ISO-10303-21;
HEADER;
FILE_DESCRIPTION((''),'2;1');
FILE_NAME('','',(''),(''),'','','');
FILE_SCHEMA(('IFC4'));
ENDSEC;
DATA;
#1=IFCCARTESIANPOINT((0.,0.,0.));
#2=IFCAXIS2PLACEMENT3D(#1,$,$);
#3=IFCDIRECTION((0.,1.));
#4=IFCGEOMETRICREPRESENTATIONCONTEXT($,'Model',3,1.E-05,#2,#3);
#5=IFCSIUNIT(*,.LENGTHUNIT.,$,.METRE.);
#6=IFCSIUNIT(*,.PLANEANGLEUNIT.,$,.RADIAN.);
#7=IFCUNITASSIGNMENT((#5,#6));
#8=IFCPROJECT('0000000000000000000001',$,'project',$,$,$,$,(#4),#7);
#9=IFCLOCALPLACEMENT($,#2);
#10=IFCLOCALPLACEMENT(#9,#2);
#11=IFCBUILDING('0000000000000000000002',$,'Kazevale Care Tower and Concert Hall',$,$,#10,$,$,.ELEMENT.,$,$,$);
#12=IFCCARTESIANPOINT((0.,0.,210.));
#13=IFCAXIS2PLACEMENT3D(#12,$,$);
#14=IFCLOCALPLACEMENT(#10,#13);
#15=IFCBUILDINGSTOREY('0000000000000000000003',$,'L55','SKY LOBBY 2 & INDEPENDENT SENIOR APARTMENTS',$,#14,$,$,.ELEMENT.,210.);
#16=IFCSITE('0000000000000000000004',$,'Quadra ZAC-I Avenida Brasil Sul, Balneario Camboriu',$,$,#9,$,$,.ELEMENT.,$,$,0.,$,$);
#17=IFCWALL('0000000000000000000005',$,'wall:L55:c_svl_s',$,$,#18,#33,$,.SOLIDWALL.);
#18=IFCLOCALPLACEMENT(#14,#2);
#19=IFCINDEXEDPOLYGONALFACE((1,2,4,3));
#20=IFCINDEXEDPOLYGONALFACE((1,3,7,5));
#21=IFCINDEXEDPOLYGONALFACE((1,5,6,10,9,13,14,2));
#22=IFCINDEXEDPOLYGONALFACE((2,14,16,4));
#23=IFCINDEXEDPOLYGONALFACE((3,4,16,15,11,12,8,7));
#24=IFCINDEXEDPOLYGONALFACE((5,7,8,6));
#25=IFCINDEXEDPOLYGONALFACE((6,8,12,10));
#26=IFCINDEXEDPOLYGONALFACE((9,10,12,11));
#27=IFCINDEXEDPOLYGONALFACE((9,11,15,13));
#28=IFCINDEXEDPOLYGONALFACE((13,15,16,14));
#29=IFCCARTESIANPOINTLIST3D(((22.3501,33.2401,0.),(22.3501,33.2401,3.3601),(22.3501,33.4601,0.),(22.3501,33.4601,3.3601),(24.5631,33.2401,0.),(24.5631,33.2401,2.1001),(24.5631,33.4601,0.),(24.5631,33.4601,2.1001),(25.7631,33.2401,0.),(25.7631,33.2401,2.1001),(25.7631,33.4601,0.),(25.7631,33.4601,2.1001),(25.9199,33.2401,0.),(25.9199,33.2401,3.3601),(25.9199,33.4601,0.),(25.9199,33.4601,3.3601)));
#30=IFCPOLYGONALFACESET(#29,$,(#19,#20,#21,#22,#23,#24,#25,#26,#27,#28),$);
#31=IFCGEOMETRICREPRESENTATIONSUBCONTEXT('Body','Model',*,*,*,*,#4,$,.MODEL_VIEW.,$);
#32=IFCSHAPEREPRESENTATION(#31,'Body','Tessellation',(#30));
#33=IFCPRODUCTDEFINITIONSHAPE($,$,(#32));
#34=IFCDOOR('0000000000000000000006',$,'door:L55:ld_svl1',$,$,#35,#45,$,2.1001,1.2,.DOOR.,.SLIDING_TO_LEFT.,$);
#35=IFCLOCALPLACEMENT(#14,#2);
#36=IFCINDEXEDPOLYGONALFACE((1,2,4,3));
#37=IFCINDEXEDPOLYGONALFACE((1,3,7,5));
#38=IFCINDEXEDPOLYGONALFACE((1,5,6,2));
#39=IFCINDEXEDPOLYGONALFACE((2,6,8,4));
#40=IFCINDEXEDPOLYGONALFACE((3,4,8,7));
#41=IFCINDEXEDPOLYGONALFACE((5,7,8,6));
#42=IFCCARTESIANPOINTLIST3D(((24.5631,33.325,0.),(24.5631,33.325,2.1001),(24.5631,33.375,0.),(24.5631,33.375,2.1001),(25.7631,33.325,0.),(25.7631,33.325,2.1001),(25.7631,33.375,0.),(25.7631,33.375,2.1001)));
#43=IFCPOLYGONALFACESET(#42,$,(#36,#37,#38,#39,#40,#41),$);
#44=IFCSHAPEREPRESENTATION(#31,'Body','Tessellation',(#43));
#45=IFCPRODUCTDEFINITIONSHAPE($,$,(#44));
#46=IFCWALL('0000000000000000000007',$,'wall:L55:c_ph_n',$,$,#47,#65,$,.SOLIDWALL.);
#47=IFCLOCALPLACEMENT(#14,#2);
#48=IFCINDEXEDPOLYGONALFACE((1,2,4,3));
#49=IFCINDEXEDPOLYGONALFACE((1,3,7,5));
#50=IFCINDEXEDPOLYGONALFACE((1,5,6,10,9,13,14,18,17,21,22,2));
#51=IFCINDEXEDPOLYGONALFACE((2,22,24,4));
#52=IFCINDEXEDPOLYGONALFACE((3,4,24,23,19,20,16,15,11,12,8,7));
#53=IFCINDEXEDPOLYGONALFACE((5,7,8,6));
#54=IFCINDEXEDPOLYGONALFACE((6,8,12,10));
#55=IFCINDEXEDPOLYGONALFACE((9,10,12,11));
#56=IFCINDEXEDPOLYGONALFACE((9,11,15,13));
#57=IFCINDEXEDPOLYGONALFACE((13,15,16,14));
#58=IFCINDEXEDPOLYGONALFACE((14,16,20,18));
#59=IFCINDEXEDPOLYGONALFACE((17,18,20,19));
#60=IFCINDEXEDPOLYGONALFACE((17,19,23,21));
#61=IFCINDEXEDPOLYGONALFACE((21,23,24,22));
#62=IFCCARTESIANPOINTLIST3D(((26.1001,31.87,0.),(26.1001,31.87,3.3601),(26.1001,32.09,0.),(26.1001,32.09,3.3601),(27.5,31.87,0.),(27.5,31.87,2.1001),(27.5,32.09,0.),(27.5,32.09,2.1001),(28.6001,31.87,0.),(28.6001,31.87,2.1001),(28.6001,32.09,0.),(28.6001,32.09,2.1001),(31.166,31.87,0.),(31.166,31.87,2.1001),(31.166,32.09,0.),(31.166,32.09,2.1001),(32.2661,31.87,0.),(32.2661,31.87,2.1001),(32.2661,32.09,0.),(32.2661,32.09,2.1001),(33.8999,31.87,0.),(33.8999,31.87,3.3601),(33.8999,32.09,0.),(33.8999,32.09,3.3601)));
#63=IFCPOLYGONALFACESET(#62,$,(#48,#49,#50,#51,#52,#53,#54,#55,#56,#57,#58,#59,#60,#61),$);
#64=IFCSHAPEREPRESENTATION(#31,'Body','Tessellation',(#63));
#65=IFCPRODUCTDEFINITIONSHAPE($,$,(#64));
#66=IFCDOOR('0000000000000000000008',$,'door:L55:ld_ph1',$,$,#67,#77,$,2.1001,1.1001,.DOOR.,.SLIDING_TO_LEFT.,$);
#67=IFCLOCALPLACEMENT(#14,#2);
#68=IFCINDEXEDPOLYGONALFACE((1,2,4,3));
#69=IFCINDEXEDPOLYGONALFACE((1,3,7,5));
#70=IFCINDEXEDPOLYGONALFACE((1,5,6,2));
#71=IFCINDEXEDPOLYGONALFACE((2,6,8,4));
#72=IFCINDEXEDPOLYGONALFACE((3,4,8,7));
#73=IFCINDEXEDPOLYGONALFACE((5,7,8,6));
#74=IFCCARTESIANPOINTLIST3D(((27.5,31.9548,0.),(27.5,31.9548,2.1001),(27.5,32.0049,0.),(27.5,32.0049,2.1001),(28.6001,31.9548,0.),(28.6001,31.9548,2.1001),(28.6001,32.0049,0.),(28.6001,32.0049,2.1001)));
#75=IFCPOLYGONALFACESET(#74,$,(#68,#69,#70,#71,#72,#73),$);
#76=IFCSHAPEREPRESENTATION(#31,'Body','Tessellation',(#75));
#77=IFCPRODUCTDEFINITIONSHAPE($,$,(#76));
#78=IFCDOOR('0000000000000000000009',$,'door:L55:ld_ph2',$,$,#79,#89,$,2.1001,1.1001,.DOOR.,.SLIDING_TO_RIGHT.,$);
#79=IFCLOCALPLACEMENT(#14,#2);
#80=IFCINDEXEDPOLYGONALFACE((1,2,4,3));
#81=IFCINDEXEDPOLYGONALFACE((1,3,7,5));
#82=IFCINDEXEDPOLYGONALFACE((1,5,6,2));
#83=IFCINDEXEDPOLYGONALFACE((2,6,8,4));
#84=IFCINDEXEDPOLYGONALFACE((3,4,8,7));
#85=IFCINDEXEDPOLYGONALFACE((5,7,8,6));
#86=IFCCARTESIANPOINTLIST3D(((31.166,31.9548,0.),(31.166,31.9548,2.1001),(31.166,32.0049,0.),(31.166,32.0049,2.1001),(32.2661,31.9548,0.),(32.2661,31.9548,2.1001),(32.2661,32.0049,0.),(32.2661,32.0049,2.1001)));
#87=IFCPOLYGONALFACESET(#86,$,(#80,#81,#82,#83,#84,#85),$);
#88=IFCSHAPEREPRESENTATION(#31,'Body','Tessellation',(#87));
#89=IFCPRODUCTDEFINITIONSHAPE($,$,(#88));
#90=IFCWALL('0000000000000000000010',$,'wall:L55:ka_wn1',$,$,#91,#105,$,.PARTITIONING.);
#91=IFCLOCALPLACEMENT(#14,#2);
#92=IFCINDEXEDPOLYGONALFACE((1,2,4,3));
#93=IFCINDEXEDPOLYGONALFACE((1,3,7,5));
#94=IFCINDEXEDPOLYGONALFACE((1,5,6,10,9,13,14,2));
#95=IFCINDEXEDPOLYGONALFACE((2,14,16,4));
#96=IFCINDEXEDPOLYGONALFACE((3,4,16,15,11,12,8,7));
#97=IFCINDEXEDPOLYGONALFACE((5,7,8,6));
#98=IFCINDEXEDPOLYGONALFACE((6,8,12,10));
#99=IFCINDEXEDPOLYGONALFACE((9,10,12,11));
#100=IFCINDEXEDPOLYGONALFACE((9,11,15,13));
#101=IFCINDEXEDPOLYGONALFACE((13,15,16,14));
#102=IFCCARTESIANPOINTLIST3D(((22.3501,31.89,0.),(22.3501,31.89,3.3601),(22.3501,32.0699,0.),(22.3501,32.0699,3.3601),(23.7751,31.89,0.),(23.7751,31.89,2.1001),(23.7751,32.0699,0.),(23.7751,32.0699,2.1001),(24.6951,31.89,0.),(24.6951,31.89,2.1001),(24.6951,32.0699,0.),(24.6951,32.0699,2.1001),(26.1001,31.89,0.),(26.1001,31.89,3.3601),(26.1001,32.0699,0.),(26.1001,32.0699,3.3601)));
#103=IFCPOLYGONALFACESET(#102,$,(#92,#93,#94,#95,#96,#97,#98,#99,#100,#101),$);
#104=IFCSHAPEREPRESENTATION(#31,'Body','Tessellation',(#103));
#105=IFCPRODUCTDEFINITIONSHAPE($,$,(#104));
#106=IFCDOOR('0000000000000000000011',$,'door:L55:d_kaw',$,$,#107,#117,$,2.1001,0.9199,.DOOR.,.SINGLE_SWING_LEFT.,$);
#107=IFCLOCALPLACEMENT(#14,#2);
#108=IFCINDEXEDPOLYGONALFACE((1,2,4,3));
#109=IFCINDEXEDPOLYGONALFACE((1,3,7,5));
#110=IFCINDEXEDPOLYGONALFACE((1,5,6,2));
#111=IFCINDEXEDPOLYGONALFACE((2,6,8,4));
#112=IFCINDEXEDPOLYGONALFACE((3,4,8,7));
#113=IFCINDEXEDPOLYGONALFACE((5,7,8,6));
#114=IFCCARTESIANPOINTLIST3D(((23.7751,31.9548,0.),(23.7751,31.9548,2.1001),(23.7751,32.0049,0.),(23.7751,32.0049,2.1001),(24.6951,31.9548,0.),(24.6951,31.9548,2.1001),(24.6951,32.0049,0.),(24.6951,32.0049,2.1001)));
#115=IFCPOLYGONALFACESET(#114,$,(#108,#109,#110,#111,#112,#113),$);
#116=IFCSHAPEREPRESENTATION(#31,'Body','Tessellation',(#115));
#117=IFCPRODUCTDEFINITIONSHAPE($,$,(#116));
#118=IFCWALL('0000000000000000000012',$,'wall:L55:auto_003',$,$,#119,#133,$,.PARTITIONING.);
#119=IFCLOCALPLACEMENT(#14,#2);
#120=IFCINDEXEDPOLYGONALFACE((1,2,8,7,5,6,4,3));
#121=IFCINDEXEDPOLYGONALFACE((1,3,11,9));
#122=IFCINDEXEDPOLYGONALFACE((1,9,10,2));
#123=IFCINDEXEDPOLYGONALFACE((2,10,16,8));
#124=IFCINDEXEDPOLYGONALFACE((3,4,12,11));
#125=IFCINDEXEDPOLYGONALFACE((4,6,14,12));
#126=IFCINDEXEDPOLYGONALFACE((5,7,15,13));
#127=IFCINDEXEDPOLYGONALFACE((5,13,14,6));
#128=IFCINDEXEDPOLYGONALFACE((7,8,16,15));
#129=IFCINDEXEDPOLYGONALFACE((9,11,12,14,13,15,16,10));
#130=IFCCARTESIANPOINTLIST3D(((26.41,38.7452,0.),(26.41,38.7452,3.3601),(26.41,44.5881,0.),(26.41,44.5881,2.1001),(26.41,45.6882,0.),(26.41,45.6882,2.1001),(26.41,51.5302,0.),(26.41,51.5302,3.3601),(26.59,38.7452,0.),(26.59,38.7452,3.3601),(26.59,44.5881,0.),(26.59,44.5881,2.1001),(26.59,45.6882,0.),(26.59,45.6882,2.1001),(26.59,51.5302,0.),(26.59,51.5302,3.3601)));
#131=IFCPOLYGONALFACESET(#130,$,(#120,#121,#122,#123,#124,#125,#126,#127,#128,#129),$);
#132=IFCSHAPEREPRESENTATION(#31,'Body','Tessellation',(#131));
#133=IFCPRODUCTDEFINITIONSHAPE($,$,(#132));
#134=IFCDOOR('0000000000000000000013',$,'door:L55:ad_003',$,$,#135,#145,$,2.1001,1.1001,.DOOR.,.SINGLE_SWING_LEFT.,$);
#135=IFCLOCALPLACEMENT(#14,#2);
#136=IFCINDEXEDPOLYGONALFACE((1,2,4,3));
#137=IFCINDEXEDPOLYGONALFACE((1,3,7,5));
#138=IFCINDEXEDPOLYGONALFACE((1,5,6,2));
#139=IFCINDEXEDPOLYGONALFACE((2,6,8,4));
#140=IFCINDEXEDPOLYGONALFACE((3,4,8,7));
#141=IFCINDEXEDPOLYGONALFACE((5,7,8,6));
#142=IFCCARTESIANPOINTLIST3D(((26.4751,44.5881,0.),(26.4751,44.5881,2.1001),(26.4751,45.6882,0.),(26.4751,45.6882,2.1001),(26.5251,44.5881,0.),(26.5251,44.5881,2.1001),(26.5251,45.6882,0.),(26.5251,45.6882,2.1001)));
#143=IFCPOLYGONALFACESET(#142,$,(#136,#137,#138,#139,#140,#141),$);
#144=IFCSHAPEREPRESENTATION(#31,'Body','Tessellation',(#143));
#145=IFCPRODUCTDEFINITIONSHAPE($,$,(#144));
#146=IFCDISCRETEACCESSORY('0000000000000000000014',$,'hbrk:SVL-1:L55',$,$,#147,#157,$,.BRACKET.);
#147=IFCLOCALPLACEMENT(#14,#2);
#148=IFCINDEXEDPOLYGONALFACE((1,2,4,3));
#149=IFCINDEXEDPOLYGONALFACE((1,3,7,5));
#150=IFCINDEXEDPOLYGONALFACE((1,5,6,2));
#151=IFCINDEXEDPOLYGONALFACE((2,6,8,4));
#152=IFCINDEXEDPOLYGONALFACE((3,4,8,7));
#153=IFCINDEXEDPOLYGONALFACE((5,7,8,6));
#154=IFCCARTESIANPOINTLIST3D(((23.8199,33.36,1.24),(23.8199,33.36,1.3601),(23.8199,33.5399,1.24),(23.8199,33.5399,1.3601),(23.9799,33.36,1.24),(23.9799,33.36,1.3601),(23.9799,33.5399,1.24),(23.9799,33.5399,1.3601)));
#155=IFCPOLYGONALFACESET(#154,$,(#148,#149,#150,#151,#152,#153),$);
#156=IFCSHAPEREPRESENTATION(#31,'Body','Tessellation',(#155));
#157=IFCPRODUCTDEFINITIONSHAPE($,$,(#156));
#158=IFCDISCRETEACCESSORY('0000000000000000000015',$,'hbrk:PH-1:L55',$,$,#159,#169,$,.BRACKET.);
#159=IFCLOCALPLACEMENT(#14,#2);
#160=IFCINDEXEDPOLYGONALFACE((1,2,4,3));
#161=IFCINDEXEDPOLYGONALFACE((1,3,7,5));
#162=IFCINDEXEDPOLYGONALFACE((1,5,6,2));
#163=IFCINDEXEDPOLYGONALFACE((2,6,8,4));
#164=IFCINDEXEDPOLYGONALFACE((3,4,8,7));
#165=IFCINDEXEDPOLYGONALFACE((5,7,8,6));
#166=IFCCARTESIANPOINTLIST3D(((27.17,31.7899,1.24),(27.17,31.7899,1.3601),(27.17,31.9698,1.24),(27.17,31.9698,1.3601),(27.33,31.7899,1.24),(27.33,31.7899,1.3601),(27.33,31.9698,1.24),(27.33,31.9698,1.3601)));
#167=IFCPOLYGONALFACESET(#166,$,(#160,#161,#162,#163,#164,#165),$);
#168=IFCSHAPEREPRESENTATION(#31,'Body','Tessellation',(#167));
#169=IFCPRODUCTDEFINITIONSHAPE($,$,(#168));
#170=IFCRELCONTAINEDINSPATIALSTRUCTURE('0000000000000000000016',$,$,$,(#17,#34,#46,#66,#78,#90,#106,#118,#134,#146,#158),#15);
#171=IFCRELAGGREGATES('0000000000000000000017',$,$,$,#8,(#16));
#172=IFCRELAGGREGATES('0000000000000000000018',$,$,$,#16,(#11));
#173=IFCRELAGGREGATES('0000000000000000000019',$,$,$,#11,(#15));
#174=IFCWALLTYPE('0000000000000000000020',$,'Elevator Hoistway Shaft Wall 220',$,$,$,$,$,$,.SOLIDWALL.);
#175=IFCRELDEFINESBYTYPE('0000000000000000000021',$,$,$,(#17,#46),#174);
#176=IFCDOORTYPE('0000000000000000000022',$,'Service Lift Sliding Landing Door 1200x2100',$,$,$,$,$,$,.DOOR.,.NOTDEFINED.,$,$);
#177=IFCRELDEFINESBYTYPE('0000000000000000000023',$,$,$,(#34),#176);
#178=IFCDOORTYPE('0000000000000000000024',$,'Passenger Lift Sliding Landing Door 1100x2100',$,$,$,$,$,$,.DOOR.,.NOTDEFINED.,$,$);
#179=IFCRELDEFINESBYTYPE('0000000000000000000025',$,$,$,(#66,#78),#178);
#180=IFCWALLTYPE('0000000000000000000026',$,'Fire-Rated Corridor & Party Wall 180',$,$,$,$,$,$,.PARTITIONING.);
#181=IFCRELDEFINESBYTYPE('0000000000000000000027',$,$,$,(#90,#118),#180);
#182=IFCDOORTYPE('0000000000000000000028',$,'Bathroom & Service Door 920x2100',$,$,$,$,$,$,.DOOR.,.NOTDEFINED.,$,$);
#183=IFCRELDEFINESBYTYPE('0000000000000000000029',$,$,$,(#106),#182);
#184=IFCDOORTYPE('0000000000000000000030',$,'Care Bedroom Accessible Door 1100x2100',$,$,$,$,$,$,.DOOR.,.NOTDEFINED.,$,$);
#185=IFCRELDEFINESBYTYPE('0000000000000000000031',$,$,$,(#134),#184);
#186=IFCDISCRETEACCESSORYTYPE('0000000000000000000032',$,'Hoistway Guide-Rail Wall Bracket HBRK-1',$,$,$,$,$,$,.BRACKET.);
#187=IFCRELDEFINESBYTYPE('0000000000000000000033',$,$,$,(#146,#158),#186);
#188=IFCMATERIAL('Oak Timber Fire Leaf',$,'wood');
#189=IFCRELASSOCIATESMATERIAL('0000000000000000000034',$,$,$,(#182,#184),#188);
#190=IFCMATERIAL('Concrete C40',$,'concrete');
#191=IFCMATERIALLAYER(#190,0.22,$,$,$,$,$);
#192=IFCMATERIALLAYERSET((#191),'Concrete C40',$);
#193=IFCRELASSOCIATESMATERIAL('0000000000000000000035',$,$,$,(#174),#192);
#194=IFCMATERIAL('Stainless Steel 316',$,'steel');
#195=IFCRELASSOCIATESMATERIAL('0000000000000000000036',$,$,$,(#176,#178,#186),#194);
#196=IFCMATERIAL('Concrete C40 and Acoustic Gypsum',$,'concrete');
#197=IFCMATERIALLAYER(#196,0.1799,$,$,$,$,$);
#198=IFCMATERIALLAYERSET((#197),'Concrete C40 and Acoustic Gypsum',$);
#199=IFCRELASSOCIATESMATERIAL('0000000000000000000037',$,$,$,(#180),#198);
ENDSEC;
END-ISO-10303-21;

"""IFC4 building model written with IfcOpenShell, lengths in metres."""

from ifc_helpers import new_model, si_unit, direction, frame, frame_2d, origin, origin_2d, place, context, subcontext, project, spatial, rectangle, extrude, material, layer, layer_set, type_object, element, fill, save


model = new_model("IFC4")

# Units and contexts
model_context = context("Model", 3, precision=1e-05, world=origin(), true_north=direction((0.0, 1.0)))
body_context = subcontext(model_context, "Body", "Model", "MODEL_VIEW")
ifc_project = project(units=[si_unit("LENGTHUNIT", "METRE"), si_unit("PLANEANGLEUNIT", "RADIAN")], contexts=[model_context])

# Site, building, storey
site_placement = place(None, origin())
site = spatial("IfcSite", under=ifc_project, at=site_placement, Name="Quadra ZAC-I Avenida Brasil Sul, Balneario Camboriu", CompositionType="ELEMENT", RefElevation=0.0)
building_placement = place(site_placement, origin())
building = spatial("IfcBuilding", under=site, at=building_placement, Name="Kazevale Care Tower and Concert Hall", CompositionType="ELEMENT")
storey_placement = place(building_placement, frame((0.0, 0.0, 210.0)))
storey = spatial("IfcBuildingStorey", under=building, at=storey_placement, Name="L55", Description="SKY LOBBY 2 & INDEPENDENT SENIOR APARTMENTS", CompositionType="ELEMENT", Elevation=210.0)

# Shared definitions
ifc_material_1 = material(Name="Oak Timber Fire Leaf", Category="wood")
door_type_1 = type_object("IfcDoorType", Name="Bathroom & Service Door 920x2100", OperationType="NOTDEFINED", PredefinedType="DOOR", material=ifc_material_1)

# Shared definitions
ifc_material_2 = material(Name="Concrete C40", Category="concrete")
ifc_layer_1 = layer(ifc_material_2, 0.22)
ifc_layer_set_1 = layer_set([ifc_layer_1], Name="Concrete C40")
wall_type_1 = type_object("IfcWallType", Name="Elevator Hoistway Shaft Wall 220", PredefinedType="SOLIDWALL", material=ifc_layer_set_1)

# Wall, opening, door
wall_1_placement = place(storey_placement, frame((22.3501, 33.3501, 0.0), z_axis=(0.0, 0.0, 1.0), x_axis=(1.0, 0.0, 0.0)))
wall_1 = element("IfcWall", 1, at=wall_1_placement, inside=storey, type_object=wall_type_1, Name="wall:L55:c_svl_s", PredefinedType="SOLIDWALL", context=body_context, shape_type="SweptSolid", body=[
    extrude(rectangle(XDim=3.5698, YDim=0.22, at=frame_2d((1.7849, 0.0))), origin(), (0.0, 0.0, 1.0), 3.3601),
])
opening_1_placement = place(wall_1_placement, frame((2.2129, 0.0, 0.0)))
opening_1 = element("IfcOpeningElement", 2, at=opening_1_placement, cuts=wall_1, PredefinedType="OPENING", context=body_context, shape_type="SweptSolid", body=[
    extrude(rectangle(XDim=1.2, YDim=2.1001, at=frame_2d((0.6001, 1.05))), frame((0.0, 0.1199, 0.0), z_axis=(0.0, -1.0, 0.0), x_axis=(1.0, 0.0, 0.0)), (0.0, 0.0, 1.0), 0.24),
])
ifc_material_3 = material(Name="Stainless Steel 316", Category="steel")
door_type_2 = type_object("IfcDoorType", Name="Service Lift Sliding Landing Door 1200x2100", OperationType="NOTDEFINED", PredefinedType="DOOR", material=ifc_material_3)
door_1_placement = place(opening_1_placement, origin())
door_1 = element("IfcDoor", 3, at=door_1_placement, inside=storey, type_object=door_type_2, Name="door:L55:ld_svl1", OperationType="SLIDING_TO_LEFT", OverallHeight=2.1001, OverallWidth=1.2, PredefinedType="DOOR", context=body_context, shape_type="SweptSolid", body=[
    extrude(rectangle(XDim=1.2, YDim=2.1001, at=frame_2d((0.6001, 1.05))), frame((0.0, 0.0249, 0.0), z_axis=(0.0, -1.0, 0.0), x_axis=(1.0, 0.0, 0.0)), (0.0, 0.0, 1.0), 0.05),
])
fill(opening_1, door_1)

# Wall, openings, doors
wall_2_placement = place(storey_placement, frame((26.1001, 31.98, 0.0), z_axis=(0.0, 0.0, 1.0), x_axis=(1.0, 0.0, 0.0)))
wall_2 = element("IfcWall", 4, at=wall_2_placement, inside=storey, type_object=wall_type_1, Name="wall:L55:c_ph_n", PredefinedType="SOLIDWALL", context=body_context, shape_type="SweptSolid", body=[
    extrude(rectangle(XDim=7.7998, YDim=0.22, at=frame_2d((3.8999, 0.0))), origin(), (0.0, 0.0, 1.0), 3.3601),
])
opening_2_placement = place(wall_2_placement, frame((1.3999, 0.0, 0.0)))
opening_2 = element("IfcOpeningElement", 5, at=opening_2_placement, cuts=wall_2, PredefinedType="OPENING", context=body_context, shape_type="SweptSolid", body=[
    extrude(rectangle(XDim=1.1001, YDim=2.1001, at=frame_2d((0.55, 1.05))), frame((0.0, 0.1199, 0.0), z_axis=(0.0, -1.0, 0.0), x_axis=(1.0, 0.0, 0.0)), (0.0, 0.0, 1.0), 0.24),
])
opening_3_placement = place(wall_2_placement, frame((5.0659, 0.0, 0.0)))
opening_3 = element("IfcOpeningElement", 6, at=opening_3_placement, cuts=wall_2, PredefinedType="OPENING", context=body_context, shape_type="SweptSolid", body=[
    extrude(rectangle(XDim=1.1001, YDim=2.1001, at=frame_2d((0.55, 1.05))), frame((0.0, 0.1199, 0.0), z_axis=(0.0, -1.0, 0.0), x_axis=(1.0, 0.0, 0.0)), (0.0, 0.0, 1.0), 0.24),
])
door_type_3 = type_object("IfcDoorType", Name="Passenger Lift Sliding Landing Door 1100x2100", OperationType="NOTDEFINED", PredefinedType="DOOR", material=ifc_material_3)
door_2_placement = place(opening_2_placement, origin())
door_2 = element("IfcDoor", 7, at=door_2_placement, inside=storey, type_object=door_type_3, Name="door:L55:ld_ph1", OperationType="SLIDING_TO_LEFT", OverallHeight=2.1001, OverallWidth=1.1001, PredefinedType="DOOR", context=body_context, shape_type="SweptSolid", body=[
    extrude(rectangle(XDim=1.1001, YDim=2.1001, at=frame_2d((0.55, 1.05))), frame((0.0, 0.0249, 0.0), z_axis=(0.0, -1.0, 0.0), x_axis=(1.0, 0.0, 0.0)), (0.0, 0.0, 1.0), 0.05),
])
fill(opening_2, door_2)
door_3_placement = place(opening_3_placement, origin())
door_3 = element("IfcDoor", 8, at=door_3_placement, inside=storey, type_object=door_type_3, Name="door:L55:ld_ph2", OperationType="SLIDING_TO_RIGHT", OverallHeight=2.1001, OverallWidth=1.1001, PredefinedType="DOOR", context=body_context, shape_type="SweptSolid", body=[
    extrude(rectangle(XDim=1.1001, YDim=2.1001, at=frame_2d((0.55, 1.05))), frame((0.0, 0.0249, 0.0), z_axis=(0.0, -1.0, 0.0), x_axis=(1.0, 0.0, 0.0)), (0.0, 0.0, 1.0), 0.05),
])
fill(opening_3, door_3)

# Walls, openings, doors
ifc_material_4 = material(Name="Concrete C40 and Acoustic Gypsum", Category="concrete")
ifc_layer_2 = layer(ifc_material_4, 0.1799)
ifc_layer_set_2 = layer_set([ifc_layer_2], Name="Concrete C40 and Acoustic Gypsum")
wall_type_2 = type_object("IfcWallType", Name="Fire-Rated Corridor & Party Wall 180", PredefinedType="PARTITIONING", material=ifc_layer_set_2)
wall_3_placement = place(storey_placement, frame((22.3501, 31.98, 0.0), z_axis=(0.0, 0.0, 1.0), x_axis=(1.0, 0.0, 0.0)))
wall_3 = element("IfcWall", 9, at=wall_3_placement, inside=storey, type_object=wall_type_2, Name="wall:L55:ka_wn1", PredefinedType="PARTITIONING", context=body_context, shape_type="SweptSolid", body=[
    extrude(rectangle(XDim=3.75, YDim=0.1799, at=frame_2d((1.875, 0.0))), origin(), (0.0, 0.0, 1.0), 3.3601),
])
opening_4_placement = place(wall_3_placement, frame((1.425, 0.0, 0.0)))
opening_4 = element("IfcOpeningElement", 10, at=opening_4_placement, cuts=wall_3, PredefinedType="OPENING", context=body_context, shape_type="SweptSolid", body=[
    extrude(rectangle(XDim=0.9199, YDim=2.1001, at=frame_2d((0.46, 1.05))), frame((0.0, 0.0999, 0.0), z_axis=(0.0, -1.0, 0.0), x_axis=(1.0, 0.0, 0.0)), (0.0, 0.0, 1.0), 0.2),
])
door_4_placement = place(opening_4_placement, origin())
door_4 = element("IfcDoor", 11, at=door_4_placement, inside=storey, type_object=door_type_1, Name="door:L55:d_kaw", OperationType="SINGLE_SWING_LEFT", OverallHeight=2.1001, OverallWidth=0.9199, PredefinedType="DOOR", context=body_context, shape_type="SweptSolid", body=[
    extrude(rectangle(XDim=0.9199, YDim=2.1001, at=frame_2d((0.46, 1.05))), frame((0.0, 0.0249, 0.0), z_axis=(0.0, -1.0, 0.0), x_axis=(1.0, 0.0, 0.0)), (0.0, 0.0, 1.0), 0.05),
])
fill(opening_4, door_4)
wall_4_placement = place(storey_placement, frame((26.5, 38.7451, 0.0), z_axis=(0.0, 0.0, 1.0), x_axis=(0.0, 1.0, 0.0)))
wall_4 = element("IfcWall", 12, at=wall_4_placement, inside=storey, type_object=wall_type_2, Name="wall:L55:auto_003", PredefinedType="PARTITIONING", context=body_context, shape_type="SweptSolid", body=[
    extrude(rectangle(XDim=12.7849, YDim=0.1799, at=frame_2d((6.3926, 0.0))), origin(), (0.0, 0.0, 1.0), 3.3601),
])
opening_5_placement = place(wall_4_placement, frame((5.843, 0.0, 0.0)))
opening_5 = element("IfcOpeningElement", 13, at=opening_5_placement, cuts=wall_4, PredefinedType="OPENING", context=body_context, shape_type="SweptSolid", body=[
    extrude(rectangle(XDim=1.1001, YDim=2.1001, at=frame_2d((0.55, 1.05))), frame((0.0, 0.0999, 0.0), z_axis=(0.0, -1.0, 0.0), x_axis=(1.0, 0.0, 0.0)), (0.0, 0.0, 1.0), 0.2),
])
door_type_4 = type_object("IfcDoorType", Name="Care Bedroom Accessible Door 1100x2100", OperationType="NOTDEFINED", PredefinedType="DOOR", material=ifc_material_1)
door_5_placement = place(opening_5_placement, origin())
door_5 = element("IfcDoor", 14, at=door_5_placement, inside=storey, type_object=door_type_4, Name="door:L55:ad_003", OperationType="SINGLE_SWING_LEFT", OverallHeight=2.1001, OverallWidth=1.1001, PredefinedType="DOOR", context=body_context, shape_type="SweptSolid", body=[
    extrude(rectangle(XDim=1.1001, YDim=2.1001, at=frame_2d((0.55, 1.05))), frame((0.0, 0.0249, 0.0), z_axis=(0.0, -1.0, 0.0), x_axis=(1.0, 0.0, 0.0)), (0.0, 0.0, 1.0), 0.05),
])
fill(opening_5, door_5)

# Discrete accessories
discrete_accessory_type = type_object("IfcDiscreteAccessoryType", Name="Hoistway Guide-Rail Wall Bracket HBRK-1", PredefinedType="BRACKET", material=ifc_material_3)
for number, where, z_axis, x_axis, name in (
    (15, (23.8999, 33.45, 1.24), (0.0, 0.0, 1.0), (1.0, 0.0, 0.0), "hbrk:SVL-1:L55"),
    (16, (27.25, 31.8799, 1.24), (0.0, 0.0, 1.0), (1.0, 0.0, 0.0), "hbrk:PH-1:L55"),
):
    element("IfcDiscreteAccessory", number, at=place(storey_placement, frame(where, z_axis=z_axis, x_axis=x_axis)), inside=storey, type_object=discrete_accessory_type, Name=name, PredefinedType="BRACKET", context=body_context, shape_type="SweptSolid", body=[
        extrude(rectangle(XDim=0.1599, YDim=0.1799, at=origin_2d()), origin(), (0.0, 0.0, 1.0), 0.1201),
    ])

save(model, "model.ifc")
